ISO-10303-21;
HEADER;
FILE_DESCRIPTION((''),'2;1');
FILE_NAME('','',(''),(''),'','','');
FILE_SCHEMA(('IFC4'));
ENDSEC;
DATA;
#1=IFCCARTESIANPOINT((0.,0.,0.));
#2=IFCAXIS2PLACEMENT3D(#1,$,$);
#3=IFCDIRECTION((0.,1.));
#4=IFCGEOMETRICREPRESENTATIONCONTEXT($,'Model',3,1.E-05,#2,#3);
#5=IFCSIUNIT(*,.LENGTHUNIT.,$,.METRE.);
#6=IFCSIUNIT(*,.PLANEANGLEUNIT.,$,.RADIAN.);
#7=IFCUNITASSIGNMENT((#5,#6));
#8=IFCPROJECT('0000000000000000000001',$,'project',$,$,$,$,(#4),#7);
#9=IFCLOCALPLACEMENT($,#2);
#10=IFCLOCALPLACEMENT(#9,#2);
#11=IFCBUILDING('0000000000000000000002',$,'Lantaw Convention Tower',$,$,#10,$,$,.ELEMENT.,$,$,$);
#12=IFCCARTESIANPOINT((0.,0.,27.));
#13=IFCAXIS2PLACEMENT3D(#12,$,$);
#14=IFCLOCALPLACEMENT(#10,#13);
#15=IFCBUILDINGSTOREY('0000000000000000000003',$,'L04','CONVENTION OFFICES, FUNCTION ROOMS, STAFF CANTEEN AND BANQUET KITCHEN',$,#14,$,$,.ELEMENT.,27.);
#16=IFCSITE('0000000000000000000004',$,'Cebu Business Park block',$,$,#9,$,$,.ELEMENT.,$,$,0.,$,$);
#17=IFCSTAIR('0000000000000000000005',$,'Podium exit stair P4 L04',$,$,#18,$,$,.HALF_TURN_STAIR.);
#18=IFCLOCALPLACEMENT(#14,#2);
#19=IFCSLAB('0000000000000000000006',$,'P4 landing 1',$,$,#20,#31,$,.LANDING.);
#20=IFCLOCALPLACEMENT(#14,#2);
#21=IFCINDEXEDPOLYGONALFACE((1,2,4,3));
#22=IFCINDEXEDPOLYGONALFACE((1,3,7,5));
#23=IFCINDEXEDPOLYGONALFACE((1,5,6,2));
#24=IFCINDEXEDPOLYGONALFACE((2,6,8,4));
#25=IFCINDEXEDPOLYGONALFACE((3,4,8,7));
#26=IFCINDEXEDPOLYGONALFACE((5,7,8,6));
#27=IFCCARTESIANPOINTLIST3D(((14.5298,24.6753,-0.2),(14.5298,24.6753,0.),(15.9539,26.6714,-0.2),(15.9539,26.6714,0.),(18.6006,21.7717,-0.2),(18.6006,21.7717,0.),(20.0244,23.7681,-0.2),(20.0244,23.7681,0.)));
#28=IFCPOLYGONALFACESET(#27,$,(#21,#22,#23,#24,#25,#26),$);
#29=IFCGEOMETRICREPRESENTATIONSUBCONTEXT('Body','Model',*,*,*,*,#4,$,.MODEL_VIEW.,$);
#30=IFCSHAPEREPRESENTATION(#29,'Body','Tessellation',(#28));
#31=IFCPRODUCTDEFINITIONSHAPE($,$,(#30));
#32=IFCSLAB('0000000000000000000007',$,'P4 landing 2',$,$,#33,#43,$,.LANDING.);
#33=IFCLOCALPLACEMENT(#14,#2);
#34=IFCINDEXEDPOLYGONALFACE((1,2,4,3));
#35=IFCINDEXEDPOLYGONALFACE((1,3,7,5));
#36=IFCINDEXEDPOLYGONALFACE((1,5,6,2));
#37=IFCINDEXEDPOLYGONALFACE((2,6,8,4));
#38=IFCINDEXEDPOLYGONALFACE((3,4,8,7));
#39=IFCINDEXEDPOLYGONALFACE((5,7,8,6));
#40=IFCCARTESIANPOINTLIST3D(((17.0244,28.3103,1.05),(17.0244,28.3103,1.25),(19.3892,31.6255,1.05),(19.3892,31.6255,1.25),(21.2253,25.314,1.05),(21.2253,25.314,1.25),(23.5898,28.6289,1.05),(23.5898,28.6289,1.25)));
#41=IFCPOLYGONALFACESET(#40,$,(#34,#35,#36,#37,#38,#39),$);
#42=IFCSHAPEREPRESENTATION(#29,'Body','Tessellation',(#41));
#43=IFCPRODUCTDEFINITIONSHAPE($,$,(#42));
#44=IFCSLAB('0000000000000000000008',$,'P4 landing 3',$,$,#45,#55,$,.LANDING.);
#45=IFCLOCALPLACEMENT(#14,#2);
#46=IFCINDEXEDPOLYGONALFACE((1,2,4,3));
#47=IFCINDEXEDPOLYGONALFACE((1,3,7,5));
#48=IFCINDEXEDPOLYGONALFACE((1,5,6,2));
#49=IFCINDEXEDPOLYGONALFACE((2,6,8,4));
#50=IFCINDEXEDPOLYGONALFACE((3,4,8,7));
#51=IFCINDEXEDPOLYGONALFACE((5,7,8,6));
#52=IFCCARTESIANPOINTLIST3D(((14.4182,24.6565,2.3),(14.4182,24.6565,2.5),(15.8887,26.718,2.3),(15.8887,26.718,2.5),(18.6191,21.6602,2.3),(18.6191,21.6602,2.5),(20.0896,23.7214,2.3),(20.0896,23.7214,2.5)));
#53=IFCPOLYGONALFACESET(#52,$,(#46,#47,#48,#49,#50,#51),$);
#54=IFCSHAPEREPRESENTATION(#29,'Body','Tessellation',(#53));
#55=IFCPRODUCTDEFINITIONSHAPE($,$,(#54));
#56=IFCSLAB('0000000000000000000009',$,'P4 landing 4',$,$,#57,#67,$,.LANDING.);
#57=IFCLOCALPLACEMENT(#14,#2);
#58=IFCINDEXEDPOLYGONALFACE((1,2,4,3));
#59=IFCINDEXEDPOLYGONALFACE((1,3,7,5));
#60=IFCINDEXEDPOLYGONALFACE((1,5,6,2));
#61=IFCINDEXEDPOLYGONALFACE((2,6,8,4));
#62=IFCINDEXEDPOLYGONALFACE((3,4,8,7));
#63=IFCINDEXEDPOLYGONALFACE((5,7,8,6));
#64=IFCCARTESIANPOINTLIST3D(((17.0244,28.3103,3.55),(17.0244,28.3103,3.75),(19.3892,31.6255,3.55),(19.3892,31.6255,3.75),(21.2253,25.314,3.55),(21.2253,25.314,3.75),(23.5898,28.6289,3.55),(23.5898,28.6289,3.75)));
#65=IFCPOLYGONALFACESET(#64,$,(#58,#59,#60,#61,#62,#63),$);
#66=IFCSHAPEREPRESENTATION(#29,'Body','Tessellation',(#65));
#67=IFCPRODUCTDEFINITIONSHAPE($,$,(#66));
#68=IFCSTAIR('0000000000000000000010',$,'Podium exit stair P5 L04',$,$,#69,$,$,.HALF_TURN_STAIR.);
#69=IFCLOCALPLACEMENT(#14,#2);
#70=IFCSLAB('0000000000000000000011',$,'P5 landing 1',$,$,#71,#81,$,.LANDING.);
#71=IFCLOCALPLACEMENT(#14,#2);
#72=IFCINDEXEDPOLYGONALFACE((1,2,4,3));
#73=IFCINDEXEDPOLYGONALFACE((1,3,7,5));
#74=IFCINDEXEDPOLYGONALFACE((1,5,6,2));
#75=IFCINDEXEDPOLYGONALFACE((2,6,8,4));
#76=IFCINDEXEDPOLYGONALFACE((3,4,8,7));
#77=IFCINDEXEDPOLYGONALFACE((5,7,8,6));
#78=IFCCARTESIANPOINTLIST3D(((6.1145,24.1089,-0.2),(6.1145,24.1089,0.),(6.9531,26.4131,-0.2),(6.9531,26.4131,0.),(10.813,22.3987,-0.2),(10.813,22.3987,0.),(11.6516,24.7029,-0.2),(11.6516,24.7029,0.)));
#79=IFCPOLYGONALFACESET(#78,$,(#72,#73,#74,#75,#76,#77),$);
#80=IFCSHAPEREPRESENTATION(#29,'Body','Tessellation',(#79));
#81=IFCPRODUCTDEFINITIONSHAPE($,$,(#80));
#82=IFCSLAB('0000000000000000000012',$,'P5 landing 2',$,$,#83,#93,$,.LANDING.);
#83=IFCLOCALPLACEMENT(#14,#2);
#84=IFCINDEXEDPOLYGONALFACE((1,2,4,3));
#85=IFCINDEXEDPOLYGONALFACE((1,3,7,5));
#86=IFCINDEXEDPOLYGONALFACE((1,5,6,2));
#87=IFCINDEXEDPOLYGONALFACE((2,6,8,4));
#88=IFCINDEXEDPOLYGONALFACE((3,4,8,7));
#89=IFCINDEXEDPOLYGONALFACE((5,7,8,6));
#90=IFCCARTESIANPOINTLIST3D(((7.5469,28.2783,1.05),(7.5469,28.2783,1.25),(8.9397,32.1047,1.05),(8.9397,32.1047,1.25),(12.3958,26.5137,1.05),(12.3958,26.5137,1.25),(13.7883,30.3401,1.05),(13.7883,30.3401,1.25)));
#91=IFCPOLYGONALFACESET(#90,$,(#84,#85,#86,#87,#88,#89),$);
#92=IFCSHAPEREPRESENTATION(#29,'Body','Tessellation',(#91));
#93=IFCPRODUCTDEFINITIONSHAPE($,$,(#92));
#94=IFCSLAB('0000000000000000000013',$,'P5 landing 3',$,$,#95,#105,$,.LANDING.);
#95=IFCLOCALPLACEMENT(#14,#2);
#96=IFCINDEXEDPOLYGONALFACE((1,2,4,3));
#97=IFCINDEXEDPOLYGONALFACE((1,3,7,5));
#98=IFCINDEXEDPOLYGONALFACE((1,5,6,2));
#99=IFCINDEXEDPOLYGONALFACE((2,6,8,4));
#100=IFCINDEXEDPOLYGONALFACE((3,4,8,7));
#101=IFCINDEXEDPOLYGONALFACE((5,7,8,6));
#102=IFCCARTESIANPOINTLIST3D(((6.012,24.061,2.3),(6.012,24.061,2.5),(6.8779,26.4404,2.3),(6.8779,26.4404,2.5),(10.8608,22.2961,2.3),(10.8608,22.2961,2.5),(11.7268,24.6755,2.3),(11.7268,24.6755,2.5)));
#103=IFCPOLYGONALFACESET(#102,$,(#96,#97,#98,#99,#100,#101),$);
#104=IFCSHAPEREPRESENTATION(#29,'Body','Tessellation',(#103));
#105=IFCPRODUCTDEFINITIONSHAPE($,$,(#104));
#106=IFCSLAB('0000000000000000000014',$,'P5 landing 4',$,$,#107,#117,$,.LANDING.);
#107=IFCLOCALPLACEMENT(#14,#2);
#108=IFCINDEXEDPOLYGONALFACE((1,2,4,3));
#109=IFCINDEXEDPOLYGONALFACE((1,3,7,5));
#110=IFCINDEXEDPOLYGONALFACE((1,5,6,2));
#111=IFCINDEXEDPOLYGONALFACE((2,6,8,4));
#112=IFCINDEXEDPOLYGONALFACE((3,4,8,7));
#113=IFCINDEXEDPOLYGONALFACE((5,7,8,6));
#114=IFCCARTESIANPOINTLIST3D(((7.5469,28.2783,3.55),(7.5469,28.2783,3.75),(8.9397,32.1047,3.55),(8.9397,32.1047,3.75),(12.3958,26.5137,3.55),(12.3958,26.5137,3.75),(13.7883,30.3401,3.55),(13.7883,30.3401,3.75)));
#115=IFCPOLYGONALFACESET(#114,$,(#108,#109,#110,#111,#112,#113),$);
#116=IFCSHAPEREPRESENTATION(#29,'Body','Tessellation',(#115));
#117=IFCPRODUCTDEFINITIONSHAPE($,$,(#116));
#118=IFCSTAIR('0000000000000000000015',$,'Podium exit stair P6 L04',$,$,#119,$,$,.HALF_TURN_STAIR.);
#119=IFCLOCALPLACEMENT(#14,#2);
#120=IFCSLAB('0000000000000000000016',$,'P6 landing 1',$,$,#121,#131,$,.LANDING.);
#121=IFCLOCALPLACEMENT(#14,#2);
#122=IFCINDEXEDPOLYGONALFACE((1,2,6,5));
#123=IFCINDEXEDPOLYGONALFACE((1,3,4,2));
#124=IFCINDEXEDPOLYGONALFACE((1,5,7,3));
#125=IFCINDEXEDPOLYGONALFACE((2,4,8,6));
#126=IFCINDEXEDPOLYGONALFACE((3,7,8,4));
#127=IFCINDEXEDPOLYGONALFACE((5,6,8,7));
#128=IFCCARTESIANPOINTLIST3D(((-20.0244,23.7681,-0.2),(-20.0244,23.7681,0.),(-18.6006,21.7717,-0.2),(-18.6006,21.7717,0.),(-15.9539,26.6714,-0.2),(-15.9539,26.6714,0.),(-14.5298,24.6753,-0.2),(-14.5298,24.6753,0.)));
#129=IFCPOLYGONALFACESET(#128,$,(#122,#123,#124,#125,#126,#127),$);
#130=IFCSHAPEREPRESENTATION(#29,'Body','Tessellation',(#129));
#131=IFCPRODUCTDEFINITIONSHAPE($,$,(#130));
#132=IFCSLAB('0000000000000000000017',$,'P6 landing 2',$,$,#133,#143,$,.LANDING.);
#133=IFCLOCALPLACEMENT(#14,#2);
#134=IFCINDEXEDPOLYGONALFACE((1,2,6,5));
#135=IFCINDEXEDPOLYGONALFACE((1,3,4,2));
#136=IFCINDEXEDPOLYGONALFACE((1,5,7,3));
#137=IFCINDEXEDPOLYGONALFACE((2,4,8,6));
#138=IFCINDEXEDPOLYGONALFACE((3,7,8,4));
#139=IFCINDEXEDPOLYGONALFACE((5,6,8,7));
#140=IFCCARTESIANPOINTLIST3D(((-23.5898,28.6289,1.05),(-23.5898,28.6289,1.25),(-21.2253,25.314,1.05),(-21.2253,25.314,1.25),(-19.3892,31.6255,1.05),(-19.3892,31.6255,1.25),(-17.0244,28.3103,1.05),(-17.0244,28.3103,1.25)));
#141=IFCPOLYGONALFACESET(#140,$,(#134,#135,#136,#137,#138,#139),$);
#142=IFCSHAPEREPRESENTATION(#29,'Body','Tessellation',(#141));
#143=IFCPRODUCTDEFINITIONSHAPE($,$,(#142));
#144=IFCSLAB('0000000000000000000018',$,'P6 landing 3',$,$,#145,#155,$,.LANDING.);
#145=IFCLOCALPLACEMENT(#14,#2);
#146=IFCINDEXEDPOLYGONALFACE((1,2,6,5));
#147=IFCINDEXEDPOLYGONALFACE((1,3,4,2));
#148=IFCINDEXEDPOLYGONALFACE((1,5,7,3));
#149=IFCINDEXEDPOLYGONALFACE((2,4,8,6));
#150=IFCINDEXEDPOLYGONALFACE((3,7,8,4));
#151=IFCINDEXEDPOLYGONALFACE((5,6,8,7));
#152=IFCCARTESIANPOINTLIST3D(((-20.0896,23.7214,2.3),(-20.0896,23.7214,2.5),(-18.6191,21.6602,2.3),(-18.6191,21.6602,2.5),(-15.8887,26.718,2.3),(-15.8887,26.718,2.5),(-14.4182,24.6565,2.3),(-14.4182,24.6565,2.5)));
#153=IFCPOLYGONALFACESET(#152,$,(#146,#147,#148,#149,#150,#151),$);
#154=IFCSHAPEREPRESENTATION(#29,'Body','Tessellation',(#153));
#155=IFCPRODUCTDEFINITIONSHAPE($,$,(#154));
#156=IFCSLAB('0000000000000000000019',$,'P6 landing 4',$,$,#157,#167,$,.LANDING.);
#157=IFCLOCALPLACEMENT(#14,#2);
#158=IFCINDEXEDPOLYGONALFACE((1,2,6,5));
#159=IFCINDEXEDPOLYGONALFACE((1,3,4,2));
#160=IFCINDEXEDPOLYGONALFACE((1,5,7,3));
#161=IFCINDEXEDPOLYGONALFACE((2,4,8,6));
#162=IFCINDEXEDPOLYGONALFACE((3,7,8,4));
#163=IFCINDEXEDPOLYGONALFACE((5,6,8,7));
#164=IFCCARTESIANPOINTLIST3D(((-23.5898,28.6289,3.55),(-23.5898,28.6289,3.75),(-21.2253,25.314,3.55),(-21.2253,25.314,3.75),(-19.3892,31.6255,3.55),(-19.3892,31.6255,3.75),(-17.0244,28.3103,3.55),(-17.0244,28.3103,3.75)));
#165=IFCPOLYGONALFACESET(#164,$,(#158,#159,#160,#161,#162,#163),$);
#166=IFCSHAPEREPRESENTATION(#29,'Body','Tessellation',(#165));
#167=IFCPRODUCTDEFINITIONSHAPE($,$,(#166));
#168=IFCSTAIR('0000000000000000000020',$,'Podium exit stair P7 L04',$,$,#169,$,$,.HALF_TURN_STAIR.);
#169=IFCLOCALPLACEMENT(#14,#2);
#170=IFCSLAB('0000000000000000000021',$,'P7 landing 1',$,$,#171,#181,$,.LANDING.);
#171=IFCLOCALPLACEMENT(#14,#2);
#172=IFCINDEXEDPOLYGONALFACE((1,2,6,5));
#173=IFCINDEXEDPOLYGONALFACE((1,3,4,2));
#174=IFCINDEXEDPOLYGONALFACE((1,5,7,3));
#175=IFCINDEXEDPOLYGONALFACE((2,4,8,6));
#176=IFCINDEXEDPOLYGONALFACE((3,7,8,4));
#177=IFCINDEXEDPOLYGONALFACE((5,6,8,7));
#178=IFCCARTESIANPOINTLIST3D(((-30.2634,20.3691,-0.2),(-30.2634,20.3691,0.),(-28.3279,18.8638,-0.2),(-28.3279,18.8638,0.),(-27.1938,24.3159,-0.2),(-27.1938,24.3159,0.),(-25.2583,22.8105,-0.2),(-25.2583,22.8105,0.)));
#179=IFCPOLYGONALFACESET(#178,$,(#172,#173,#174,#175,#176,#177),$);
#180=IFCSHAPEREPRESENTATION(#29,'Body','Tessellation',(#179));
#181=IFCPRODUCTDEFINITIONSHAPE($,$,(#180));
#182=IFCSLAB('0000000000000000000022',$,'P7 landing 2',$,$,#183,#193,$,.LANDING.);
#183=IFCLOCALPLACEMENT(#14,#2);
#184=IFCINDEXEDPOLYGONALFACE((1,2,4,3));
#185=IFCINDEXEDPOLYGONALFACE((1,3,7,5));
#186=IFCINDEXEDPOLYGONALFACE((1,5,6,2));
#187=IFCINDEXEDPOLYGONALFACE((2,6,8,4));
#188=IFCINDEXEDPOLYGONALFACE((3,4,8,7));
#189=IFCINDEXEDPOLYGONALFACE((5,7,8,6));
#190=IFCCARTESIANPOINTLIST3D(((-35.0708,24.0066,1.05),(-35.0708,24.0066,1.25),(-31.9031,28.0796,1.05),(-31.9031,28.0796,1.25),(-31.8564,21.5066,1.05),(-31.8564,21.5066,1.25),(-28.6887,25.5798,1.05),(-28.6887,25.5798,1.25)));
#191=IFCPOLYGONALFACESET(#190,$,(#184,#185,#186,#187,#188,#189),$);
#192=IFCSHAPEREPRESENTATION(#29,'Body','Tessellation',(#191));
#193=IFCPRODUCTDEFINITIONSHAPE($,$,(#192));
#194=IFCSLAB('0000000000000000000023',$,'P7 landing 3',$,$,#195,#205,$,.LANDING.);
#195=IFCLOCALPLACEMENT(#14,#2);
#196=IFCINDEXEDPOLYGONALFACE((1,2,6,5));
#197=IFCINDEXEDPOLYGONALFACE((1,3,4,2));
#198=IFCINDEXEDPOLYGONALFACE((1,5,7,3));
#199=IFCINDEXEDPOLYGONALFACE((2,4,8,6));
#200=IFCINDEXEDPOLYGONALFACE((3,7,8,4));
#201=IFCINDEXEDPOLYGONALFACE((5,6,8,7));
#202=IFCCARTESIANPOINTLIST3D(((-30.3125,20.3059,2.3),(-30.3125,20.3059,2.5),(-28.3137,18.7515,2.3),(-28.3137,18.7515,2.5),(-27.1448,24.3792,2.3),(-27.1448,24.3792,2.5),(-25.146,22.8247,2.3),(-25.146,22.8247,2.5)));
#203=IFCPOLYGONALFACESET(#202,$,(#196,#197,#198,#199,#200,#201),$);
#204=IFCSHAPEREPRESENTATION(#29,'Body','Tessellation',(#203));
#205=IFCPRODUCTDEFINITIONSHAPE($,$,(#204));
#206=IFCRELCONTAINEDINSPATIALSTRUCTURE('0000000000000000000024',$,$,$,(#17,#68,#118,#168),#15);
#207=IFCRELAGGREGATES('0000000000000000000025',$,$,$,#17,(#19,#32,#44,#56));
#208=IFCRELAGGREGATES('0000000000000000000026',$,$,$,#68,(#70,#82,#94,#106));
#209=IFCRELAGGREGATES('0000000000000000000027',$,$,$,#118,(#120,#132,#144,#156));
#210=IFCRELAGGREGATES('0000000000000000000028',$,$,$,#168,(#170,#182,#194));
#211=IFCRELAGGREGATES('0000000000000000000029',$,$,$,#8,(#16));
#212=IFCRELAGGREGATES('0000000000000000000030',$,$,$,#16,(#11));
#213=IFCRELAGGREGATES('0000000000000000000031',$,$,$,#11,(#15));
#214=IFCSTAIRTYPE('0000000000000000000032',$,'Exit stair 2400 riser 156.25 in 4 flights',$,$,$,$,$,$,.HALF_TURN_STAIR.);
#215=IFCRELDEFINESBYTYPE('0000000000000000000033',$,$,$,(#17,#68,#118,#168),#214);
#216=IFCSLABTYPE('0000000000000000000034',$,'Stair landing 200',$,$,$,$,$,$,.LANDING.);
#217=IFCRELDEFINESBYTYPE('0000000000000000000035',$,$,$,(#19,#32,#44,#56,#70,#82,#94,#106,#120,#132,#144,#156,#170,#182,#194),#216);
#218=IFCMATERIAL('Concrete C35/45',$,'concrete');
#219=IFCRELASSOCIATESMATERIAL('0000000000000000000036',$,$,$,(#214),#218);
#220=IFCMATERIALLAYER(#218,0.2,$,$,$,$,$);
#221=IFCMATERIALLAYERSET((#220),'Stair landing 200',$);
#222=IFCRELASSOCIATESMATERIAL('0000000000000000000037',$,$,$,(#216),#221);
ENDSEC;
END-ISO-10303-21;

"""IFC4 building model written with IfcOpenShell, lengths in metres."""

from ifc_helpers import new_model, si_unit, direction, frame, origin, place, context, subcontext, project, spatial, polyline, outline, extrude, material, layer, layer_set, type_object, element, aggregate, save


model = new_model("IFC4")

# Units and contexts
model_context = context("Model", 3, precision=1e-05, world=origin(), true_north=direction((0.0, 1.0)))
body_context = subcontext(model_context, "Body", "Model", "MODEL_VIEW")
ifc_project = project(units=[si_unit("LENGTHUNIT", "METRE"), si_unit("PLANEANGLEUNIT", "RADIAN")], contexts=[model_context])

# Site, building, storey
site_placement = place(None, origin())
site = spatial("IfcSite", under=ifc_project, at=site_placement, Name="Cebu Business Park block", CompositionType="ELEMENT", RefElevation=0.0)
building_placement = place(site_placement, origin())
building = spatial("IfcBuilding", under=site, at=building_placement, Name="Lantaw Convention Tower", CompositionType="ELEMENT")
storey_placement = place(building_placement, frame((0.0, 0.0, 27.0)))
storey = spatial("IfcBuildingStorey", under=building, at=storey_placement, Name="L04", Description="CONVENTION OFFICES, FUNCTION ROOMS, STAFF CANTEEN AND BANQUET KITCHEN", CompositionType="ELEMENT", Elevation=27.0)

# Stairs, slabs
ifc_material = material(Name="Concrete C35/45", Category="concrete")
stair_type = type_object("IfcStairType", Name="Exit stair 2400 riser 156.25 in 4 flights", PredefinedType="HALF_TURN_STAIR", material=ifc_material)
stair_1_placement = place(storey_placement, origin())
stair_1 = element("IfcStair", 1, at=stair_1_placement, inside=storey, type_object=stair_type, Name="Podium exit stair P4 L04", PredefinedType="HALF_TURN_STAIR")
ifc_layer = layer(ifc_material, 0.2)
ifc_layer_set = layer_set([ifc_layer], Name="Stair landing 200")
slab_type = type_object("IfcSlabType", Name="Stair landing 200", PredefinedType="LANDING", material=ifc_layer_set)
slab_1_placement = place(storey_placement, frame((0.0, 0.0, -0.2)))
slab_1 = element("IfcSlab", 2, at=slab_1_placement, type_object=slab_type, Name="P4 landing 1", PredefinedType="LANDING", context=body_context, shape_type="SweptSolid", body=[
    extrude(outline(polyline([(18.6006, 21.7717), (20.0244, 23.7681), (15.9539, 26.6714), (14.5298, 24.6753), (18.6006, 21.7717)])), origin(), (0.0, 0.0, 1.0), 0.2),
])
slab_2_placement = place(storey_placement, frame((0.0, 0.0, 1.05)))
slab_2 = element("IfcSlab", 3, at=slab_2_placement, type_object=slab_type, Name="P4 landing 2", PredefinedType="LANDING", context=body_context, shape_type="SweptSolid", body=[
    extrude(outline(polyline([(21.2253, 25.314), (23.5898, 28.6289), (19.3892, 31.6255), (17.0244, 28.3103), (21.2253, 25.314)])), origin(), (0.0, 0.0, 1.0), 0.2),
])
slab_3_placement = place(storey_placement, frame((0.0, 0.0, 2.3)))
slab_3 = element("IfcSlab", 4, at=slab_3_placement, type_object=slab_type, Name="P4 landing 3", PredefinedType="LANDING", context=body_context, shape_type="SweptSolid", body=[
    extrude(outline(polyline([(18.6191, 21.6602), (20.0896, 23.7214), (15.8887, 26.718), (14.4182, 24.6565), (18.6191, 21.6602)])), origin(), (0.0, 0.0, 1.0), 0.2),
])
slab_4_placement = place(storey_placement, frame((0.0, 0.0, 3.55)))
slab_4 = element("IfcSlab", 5, at=slab_4_placement, type_object=slab_type, Name="P4 landing 4", PredefinedType="LANDING", context=body_context, shape_type="SweptSolid", body=[
    extrude(outline(polyline([(21.2253, 25.314), (23.5898, 28.6289), (19.3892, 31.6255), (17.0244, 28.3103), (21.2253, 25.314)])), origin(), (0.0, 0.0, 1.0), 0.2),
])
aggregate(stair_1, [slab_1, slab_2, slab_3, slab_4])
stair_2_placement = place(storey_placement, origin())
stair_2 = element("IfcStair", 6, at=stair_2_placement, inside=storey, type_object=stair_type, Name="Podium exit stair P5 L04", PredefinedType="HALF_TURN_STAIR")
slab_5_placement = place(storey_placement, frame((0.0, 0.0, -0.2)))
slab_5 = element("IfcSlab", 7, at=slab_5_placement, type_object=slab_type, Name="P5 landing 1", PredefinedType="LANDING", context=body_context, shape_type="SweptSolid", body=[
    extrude(outline(polyline([(10.813, 22.3987), (11.6516, 24.7029), (6.9531, 26.4131), (6.1145, 24.1089), (10.813, 22.3987)])), origin(), (0.0, 0.0, 1.0), 0.2),
])
slab_6_placement = place(storey_placement, frame((0.0, 0.0, 1.05)))
slab_6 = element("IfcSlab", 8, at=slab_6_placement, type_object=slab_type, Name="P5 landing 2", PredefinedType="LANDING", context=body_context, shape_type="SweptSolid", body=[
    extrude(outline(polyline([(12.3958, 26.5137), (13.7883, 30.3401), (8.9397, 32.1047), (7.5469, 28.2783), (12.3958, 26.5137)])), origin(), (0.0, 0.0, 1.0), 0.2),
])
slab_7_placement = place(storey_placement, frame((0.0, 0.0, 2.3)))
slab_7 = element("IfcSlab", 9, at=slab_7_placement, type_object=slab_type, Name="P5 landing 3", PredefinedType="LANDING", context=body_context, shape_type="SweptSolid", body=[
    extrude(outline(polyline([(10.8608, 22.2961), (11.7268, 24.6755), (6.8779, 26.4404), (6.012, 24.061), (10.8608, 22.2961)])), origin(), (0.0, 0.0, 1.0), 0.2),
])
slab_8_placement = place(storey_placement, frame((0.0, 0.0, 3.55)))
slab_8 = element("IfcSlab", 10, at=slab_8_placement, type_object=slab_type, Name="P5 landing 4", PredefinedType="LANDING", context=body_context, shape_type="SweptSolid", body=[
    extrude(outline(polyline([(12.3958, 26.5137), (13.7883, 30.3401), (8.9397, 32.1047), (7.5469, 28.2783), (12.3958, 26.5137)])), origin(), (0.0, 0.0, 1.0), 0.2),
])
aggregate(stair_2, [slab_5, slab_6, slab_7, slab_8])
stair_3_placement = place(storey_placement, origin())
stair_3 = element("IfcStair", 11, at=stair_3_placement, inside=storey, type_object=stair_type, Name="Podium exit stair P6 L04", PredefinedType="HALF_TURN_STAIR")
slab_9_placement = place(storey_placement, frame((0.0, 0.0, -0.2)))
slab_9 = element("IfcSlab", 12, at=slab_9_placement, type_object=slab_type, Name="P6 landing 1", PredefinedType="LANDING", context=body_context, shape_type="SweptSolid", body=[
    extrude(outline(polyline([(-14.5298, 24.6753), (-15.9539, 26.6714), (-20.0244, 23.7681), (-18.6006, 21.7717), (-14.5298, 24.6753)])), origin(), (0.0, 0.0, 1.0), 0.2),
])
slab_10_placement = place(storey_placement, frame((0.0, 0.0, 1.05)))
slab_10 = element("IfcSlab", 13, at=slab_10_placement, type_object=slab_type, Name="P6 landing 2", PredefinedType="LANDING", context=body_context, shape_type="SweptSolid", body=[
    extrude(outline(polyline([(-17.0244, 28.3103), (-19.3892, 31.6255), (-23.5898, 28.6289), (-21.2253, 25.314), (-17.0244, 28.3103)])), origin(), (0.0, 0.0, 1.0), 0.2),
])
slab_11_placement = place(storey_placement, frame((0.0, 0.0, 2.3)))
slab_11 = element("IfcSlab", 14, at=slab_11_placement, type_object=slab_type, Name="P6 landing 3", PredefinedType="LANDING", context=body_context, shape_type="SweptSolid", body=[
    extrude(outline(polyline([(-14.4182, 24.6565), (-15.8887, 26.718), (-20.0896, 23.7214), (-18.6191, 21.6602), (-14.4182, 24.6565)])), origin(), (0.0, 0.0, 1.0), 0.2),
])
slab_12_placement = place(storey_placement, frame((0.0, 0.0, 3.55)))
slab_12 = element("IfcSlab", 15, at=slab_12_placement, type_object=slab_type, Name="P6 landing 4", PredefinedType="LANDING", context=body_context, shape_type="SweptSolid", body=[
    extrude(outline(polyline([(-17.0244, 28.3103), (-19.3892, 31.6255), (-23.5898, 28.6289), (-21.2253, 25.314), (-17.0244, 28.3103)])), origin(), (0.0, 0.0, 1.0), 0.2),
])
aggregate(stair_3, [slab_9, slab_10, slab_11, slab_12])
stair_4_placement = place(storey_placement, origin())
stair_4 = element("IfcStair", 16, at=stair_4_placement, inside=storey, type_object=stair_type, Name="Podium exit stair P7 L04", PredefinedType="HALF_TURN_STAIR")
slab_13_placement = place(storey_placement, frame((0.0, 0.0, -0.2)))
slab_13 = element("IfcSlab", 17, at=slab_13_placement, type_object=slab_type, Name="P7 landing 1", PredefinedType="LANDING", context=body_context, shape_type="SweptSolid", body=[
    extrude(outline(polyline([(-25.2583, 22.8105), (-27.1938, 24.3159), (-30.2634, 20.3691), (-28.3279, 18.8638), (-25.2583, 22.8105)])), origin(), (0.0, 0.0, 1.0), 0.2),
])
slab_14_placement = place(storey_placement, frame((0.0, 0.0, 1.05)))
slab_14 = element("IfcSlab", 18, at=slab_14_placement, type_object=slab_type, Name="P7 landing 2", PredefinedType="LANDING", context=body_context, shape_type="SweptSolid", body=[
    extrude(outline(polyline([(-28.6887, 25.5798), (-31.9031, 28.0796), (-35.0708, 24.0066), (-31.8564, 21.5066), (-28.6887, 25.5798)])), origin(), (0.0, 0.0, 1.0), 0.2),
])
slab_15_placement = place(storey_placement, frame((0.0, 0.0, 2.3)))
slab_15 = element("IfcSlab", 19, at=slab_15_placement, type_object=slab_type, Name="P7 landing 3", PredefinedType="LANDING", context=body_context, shape_type="SweptSolid", body=[
    extrude(outline(polyline([(-25.146, 22.8247), (-27.1448, 24.3792), (-30.3125, 20.3059), (-28.3137, 18.7515), (-25.146, 22.8247)])), origin(), (0.0, 0.0, 1.0), 0.2),
])
aggregate(stair_4, [slab_13, slab_14, slab_15])

save(model, "model.ifc")
